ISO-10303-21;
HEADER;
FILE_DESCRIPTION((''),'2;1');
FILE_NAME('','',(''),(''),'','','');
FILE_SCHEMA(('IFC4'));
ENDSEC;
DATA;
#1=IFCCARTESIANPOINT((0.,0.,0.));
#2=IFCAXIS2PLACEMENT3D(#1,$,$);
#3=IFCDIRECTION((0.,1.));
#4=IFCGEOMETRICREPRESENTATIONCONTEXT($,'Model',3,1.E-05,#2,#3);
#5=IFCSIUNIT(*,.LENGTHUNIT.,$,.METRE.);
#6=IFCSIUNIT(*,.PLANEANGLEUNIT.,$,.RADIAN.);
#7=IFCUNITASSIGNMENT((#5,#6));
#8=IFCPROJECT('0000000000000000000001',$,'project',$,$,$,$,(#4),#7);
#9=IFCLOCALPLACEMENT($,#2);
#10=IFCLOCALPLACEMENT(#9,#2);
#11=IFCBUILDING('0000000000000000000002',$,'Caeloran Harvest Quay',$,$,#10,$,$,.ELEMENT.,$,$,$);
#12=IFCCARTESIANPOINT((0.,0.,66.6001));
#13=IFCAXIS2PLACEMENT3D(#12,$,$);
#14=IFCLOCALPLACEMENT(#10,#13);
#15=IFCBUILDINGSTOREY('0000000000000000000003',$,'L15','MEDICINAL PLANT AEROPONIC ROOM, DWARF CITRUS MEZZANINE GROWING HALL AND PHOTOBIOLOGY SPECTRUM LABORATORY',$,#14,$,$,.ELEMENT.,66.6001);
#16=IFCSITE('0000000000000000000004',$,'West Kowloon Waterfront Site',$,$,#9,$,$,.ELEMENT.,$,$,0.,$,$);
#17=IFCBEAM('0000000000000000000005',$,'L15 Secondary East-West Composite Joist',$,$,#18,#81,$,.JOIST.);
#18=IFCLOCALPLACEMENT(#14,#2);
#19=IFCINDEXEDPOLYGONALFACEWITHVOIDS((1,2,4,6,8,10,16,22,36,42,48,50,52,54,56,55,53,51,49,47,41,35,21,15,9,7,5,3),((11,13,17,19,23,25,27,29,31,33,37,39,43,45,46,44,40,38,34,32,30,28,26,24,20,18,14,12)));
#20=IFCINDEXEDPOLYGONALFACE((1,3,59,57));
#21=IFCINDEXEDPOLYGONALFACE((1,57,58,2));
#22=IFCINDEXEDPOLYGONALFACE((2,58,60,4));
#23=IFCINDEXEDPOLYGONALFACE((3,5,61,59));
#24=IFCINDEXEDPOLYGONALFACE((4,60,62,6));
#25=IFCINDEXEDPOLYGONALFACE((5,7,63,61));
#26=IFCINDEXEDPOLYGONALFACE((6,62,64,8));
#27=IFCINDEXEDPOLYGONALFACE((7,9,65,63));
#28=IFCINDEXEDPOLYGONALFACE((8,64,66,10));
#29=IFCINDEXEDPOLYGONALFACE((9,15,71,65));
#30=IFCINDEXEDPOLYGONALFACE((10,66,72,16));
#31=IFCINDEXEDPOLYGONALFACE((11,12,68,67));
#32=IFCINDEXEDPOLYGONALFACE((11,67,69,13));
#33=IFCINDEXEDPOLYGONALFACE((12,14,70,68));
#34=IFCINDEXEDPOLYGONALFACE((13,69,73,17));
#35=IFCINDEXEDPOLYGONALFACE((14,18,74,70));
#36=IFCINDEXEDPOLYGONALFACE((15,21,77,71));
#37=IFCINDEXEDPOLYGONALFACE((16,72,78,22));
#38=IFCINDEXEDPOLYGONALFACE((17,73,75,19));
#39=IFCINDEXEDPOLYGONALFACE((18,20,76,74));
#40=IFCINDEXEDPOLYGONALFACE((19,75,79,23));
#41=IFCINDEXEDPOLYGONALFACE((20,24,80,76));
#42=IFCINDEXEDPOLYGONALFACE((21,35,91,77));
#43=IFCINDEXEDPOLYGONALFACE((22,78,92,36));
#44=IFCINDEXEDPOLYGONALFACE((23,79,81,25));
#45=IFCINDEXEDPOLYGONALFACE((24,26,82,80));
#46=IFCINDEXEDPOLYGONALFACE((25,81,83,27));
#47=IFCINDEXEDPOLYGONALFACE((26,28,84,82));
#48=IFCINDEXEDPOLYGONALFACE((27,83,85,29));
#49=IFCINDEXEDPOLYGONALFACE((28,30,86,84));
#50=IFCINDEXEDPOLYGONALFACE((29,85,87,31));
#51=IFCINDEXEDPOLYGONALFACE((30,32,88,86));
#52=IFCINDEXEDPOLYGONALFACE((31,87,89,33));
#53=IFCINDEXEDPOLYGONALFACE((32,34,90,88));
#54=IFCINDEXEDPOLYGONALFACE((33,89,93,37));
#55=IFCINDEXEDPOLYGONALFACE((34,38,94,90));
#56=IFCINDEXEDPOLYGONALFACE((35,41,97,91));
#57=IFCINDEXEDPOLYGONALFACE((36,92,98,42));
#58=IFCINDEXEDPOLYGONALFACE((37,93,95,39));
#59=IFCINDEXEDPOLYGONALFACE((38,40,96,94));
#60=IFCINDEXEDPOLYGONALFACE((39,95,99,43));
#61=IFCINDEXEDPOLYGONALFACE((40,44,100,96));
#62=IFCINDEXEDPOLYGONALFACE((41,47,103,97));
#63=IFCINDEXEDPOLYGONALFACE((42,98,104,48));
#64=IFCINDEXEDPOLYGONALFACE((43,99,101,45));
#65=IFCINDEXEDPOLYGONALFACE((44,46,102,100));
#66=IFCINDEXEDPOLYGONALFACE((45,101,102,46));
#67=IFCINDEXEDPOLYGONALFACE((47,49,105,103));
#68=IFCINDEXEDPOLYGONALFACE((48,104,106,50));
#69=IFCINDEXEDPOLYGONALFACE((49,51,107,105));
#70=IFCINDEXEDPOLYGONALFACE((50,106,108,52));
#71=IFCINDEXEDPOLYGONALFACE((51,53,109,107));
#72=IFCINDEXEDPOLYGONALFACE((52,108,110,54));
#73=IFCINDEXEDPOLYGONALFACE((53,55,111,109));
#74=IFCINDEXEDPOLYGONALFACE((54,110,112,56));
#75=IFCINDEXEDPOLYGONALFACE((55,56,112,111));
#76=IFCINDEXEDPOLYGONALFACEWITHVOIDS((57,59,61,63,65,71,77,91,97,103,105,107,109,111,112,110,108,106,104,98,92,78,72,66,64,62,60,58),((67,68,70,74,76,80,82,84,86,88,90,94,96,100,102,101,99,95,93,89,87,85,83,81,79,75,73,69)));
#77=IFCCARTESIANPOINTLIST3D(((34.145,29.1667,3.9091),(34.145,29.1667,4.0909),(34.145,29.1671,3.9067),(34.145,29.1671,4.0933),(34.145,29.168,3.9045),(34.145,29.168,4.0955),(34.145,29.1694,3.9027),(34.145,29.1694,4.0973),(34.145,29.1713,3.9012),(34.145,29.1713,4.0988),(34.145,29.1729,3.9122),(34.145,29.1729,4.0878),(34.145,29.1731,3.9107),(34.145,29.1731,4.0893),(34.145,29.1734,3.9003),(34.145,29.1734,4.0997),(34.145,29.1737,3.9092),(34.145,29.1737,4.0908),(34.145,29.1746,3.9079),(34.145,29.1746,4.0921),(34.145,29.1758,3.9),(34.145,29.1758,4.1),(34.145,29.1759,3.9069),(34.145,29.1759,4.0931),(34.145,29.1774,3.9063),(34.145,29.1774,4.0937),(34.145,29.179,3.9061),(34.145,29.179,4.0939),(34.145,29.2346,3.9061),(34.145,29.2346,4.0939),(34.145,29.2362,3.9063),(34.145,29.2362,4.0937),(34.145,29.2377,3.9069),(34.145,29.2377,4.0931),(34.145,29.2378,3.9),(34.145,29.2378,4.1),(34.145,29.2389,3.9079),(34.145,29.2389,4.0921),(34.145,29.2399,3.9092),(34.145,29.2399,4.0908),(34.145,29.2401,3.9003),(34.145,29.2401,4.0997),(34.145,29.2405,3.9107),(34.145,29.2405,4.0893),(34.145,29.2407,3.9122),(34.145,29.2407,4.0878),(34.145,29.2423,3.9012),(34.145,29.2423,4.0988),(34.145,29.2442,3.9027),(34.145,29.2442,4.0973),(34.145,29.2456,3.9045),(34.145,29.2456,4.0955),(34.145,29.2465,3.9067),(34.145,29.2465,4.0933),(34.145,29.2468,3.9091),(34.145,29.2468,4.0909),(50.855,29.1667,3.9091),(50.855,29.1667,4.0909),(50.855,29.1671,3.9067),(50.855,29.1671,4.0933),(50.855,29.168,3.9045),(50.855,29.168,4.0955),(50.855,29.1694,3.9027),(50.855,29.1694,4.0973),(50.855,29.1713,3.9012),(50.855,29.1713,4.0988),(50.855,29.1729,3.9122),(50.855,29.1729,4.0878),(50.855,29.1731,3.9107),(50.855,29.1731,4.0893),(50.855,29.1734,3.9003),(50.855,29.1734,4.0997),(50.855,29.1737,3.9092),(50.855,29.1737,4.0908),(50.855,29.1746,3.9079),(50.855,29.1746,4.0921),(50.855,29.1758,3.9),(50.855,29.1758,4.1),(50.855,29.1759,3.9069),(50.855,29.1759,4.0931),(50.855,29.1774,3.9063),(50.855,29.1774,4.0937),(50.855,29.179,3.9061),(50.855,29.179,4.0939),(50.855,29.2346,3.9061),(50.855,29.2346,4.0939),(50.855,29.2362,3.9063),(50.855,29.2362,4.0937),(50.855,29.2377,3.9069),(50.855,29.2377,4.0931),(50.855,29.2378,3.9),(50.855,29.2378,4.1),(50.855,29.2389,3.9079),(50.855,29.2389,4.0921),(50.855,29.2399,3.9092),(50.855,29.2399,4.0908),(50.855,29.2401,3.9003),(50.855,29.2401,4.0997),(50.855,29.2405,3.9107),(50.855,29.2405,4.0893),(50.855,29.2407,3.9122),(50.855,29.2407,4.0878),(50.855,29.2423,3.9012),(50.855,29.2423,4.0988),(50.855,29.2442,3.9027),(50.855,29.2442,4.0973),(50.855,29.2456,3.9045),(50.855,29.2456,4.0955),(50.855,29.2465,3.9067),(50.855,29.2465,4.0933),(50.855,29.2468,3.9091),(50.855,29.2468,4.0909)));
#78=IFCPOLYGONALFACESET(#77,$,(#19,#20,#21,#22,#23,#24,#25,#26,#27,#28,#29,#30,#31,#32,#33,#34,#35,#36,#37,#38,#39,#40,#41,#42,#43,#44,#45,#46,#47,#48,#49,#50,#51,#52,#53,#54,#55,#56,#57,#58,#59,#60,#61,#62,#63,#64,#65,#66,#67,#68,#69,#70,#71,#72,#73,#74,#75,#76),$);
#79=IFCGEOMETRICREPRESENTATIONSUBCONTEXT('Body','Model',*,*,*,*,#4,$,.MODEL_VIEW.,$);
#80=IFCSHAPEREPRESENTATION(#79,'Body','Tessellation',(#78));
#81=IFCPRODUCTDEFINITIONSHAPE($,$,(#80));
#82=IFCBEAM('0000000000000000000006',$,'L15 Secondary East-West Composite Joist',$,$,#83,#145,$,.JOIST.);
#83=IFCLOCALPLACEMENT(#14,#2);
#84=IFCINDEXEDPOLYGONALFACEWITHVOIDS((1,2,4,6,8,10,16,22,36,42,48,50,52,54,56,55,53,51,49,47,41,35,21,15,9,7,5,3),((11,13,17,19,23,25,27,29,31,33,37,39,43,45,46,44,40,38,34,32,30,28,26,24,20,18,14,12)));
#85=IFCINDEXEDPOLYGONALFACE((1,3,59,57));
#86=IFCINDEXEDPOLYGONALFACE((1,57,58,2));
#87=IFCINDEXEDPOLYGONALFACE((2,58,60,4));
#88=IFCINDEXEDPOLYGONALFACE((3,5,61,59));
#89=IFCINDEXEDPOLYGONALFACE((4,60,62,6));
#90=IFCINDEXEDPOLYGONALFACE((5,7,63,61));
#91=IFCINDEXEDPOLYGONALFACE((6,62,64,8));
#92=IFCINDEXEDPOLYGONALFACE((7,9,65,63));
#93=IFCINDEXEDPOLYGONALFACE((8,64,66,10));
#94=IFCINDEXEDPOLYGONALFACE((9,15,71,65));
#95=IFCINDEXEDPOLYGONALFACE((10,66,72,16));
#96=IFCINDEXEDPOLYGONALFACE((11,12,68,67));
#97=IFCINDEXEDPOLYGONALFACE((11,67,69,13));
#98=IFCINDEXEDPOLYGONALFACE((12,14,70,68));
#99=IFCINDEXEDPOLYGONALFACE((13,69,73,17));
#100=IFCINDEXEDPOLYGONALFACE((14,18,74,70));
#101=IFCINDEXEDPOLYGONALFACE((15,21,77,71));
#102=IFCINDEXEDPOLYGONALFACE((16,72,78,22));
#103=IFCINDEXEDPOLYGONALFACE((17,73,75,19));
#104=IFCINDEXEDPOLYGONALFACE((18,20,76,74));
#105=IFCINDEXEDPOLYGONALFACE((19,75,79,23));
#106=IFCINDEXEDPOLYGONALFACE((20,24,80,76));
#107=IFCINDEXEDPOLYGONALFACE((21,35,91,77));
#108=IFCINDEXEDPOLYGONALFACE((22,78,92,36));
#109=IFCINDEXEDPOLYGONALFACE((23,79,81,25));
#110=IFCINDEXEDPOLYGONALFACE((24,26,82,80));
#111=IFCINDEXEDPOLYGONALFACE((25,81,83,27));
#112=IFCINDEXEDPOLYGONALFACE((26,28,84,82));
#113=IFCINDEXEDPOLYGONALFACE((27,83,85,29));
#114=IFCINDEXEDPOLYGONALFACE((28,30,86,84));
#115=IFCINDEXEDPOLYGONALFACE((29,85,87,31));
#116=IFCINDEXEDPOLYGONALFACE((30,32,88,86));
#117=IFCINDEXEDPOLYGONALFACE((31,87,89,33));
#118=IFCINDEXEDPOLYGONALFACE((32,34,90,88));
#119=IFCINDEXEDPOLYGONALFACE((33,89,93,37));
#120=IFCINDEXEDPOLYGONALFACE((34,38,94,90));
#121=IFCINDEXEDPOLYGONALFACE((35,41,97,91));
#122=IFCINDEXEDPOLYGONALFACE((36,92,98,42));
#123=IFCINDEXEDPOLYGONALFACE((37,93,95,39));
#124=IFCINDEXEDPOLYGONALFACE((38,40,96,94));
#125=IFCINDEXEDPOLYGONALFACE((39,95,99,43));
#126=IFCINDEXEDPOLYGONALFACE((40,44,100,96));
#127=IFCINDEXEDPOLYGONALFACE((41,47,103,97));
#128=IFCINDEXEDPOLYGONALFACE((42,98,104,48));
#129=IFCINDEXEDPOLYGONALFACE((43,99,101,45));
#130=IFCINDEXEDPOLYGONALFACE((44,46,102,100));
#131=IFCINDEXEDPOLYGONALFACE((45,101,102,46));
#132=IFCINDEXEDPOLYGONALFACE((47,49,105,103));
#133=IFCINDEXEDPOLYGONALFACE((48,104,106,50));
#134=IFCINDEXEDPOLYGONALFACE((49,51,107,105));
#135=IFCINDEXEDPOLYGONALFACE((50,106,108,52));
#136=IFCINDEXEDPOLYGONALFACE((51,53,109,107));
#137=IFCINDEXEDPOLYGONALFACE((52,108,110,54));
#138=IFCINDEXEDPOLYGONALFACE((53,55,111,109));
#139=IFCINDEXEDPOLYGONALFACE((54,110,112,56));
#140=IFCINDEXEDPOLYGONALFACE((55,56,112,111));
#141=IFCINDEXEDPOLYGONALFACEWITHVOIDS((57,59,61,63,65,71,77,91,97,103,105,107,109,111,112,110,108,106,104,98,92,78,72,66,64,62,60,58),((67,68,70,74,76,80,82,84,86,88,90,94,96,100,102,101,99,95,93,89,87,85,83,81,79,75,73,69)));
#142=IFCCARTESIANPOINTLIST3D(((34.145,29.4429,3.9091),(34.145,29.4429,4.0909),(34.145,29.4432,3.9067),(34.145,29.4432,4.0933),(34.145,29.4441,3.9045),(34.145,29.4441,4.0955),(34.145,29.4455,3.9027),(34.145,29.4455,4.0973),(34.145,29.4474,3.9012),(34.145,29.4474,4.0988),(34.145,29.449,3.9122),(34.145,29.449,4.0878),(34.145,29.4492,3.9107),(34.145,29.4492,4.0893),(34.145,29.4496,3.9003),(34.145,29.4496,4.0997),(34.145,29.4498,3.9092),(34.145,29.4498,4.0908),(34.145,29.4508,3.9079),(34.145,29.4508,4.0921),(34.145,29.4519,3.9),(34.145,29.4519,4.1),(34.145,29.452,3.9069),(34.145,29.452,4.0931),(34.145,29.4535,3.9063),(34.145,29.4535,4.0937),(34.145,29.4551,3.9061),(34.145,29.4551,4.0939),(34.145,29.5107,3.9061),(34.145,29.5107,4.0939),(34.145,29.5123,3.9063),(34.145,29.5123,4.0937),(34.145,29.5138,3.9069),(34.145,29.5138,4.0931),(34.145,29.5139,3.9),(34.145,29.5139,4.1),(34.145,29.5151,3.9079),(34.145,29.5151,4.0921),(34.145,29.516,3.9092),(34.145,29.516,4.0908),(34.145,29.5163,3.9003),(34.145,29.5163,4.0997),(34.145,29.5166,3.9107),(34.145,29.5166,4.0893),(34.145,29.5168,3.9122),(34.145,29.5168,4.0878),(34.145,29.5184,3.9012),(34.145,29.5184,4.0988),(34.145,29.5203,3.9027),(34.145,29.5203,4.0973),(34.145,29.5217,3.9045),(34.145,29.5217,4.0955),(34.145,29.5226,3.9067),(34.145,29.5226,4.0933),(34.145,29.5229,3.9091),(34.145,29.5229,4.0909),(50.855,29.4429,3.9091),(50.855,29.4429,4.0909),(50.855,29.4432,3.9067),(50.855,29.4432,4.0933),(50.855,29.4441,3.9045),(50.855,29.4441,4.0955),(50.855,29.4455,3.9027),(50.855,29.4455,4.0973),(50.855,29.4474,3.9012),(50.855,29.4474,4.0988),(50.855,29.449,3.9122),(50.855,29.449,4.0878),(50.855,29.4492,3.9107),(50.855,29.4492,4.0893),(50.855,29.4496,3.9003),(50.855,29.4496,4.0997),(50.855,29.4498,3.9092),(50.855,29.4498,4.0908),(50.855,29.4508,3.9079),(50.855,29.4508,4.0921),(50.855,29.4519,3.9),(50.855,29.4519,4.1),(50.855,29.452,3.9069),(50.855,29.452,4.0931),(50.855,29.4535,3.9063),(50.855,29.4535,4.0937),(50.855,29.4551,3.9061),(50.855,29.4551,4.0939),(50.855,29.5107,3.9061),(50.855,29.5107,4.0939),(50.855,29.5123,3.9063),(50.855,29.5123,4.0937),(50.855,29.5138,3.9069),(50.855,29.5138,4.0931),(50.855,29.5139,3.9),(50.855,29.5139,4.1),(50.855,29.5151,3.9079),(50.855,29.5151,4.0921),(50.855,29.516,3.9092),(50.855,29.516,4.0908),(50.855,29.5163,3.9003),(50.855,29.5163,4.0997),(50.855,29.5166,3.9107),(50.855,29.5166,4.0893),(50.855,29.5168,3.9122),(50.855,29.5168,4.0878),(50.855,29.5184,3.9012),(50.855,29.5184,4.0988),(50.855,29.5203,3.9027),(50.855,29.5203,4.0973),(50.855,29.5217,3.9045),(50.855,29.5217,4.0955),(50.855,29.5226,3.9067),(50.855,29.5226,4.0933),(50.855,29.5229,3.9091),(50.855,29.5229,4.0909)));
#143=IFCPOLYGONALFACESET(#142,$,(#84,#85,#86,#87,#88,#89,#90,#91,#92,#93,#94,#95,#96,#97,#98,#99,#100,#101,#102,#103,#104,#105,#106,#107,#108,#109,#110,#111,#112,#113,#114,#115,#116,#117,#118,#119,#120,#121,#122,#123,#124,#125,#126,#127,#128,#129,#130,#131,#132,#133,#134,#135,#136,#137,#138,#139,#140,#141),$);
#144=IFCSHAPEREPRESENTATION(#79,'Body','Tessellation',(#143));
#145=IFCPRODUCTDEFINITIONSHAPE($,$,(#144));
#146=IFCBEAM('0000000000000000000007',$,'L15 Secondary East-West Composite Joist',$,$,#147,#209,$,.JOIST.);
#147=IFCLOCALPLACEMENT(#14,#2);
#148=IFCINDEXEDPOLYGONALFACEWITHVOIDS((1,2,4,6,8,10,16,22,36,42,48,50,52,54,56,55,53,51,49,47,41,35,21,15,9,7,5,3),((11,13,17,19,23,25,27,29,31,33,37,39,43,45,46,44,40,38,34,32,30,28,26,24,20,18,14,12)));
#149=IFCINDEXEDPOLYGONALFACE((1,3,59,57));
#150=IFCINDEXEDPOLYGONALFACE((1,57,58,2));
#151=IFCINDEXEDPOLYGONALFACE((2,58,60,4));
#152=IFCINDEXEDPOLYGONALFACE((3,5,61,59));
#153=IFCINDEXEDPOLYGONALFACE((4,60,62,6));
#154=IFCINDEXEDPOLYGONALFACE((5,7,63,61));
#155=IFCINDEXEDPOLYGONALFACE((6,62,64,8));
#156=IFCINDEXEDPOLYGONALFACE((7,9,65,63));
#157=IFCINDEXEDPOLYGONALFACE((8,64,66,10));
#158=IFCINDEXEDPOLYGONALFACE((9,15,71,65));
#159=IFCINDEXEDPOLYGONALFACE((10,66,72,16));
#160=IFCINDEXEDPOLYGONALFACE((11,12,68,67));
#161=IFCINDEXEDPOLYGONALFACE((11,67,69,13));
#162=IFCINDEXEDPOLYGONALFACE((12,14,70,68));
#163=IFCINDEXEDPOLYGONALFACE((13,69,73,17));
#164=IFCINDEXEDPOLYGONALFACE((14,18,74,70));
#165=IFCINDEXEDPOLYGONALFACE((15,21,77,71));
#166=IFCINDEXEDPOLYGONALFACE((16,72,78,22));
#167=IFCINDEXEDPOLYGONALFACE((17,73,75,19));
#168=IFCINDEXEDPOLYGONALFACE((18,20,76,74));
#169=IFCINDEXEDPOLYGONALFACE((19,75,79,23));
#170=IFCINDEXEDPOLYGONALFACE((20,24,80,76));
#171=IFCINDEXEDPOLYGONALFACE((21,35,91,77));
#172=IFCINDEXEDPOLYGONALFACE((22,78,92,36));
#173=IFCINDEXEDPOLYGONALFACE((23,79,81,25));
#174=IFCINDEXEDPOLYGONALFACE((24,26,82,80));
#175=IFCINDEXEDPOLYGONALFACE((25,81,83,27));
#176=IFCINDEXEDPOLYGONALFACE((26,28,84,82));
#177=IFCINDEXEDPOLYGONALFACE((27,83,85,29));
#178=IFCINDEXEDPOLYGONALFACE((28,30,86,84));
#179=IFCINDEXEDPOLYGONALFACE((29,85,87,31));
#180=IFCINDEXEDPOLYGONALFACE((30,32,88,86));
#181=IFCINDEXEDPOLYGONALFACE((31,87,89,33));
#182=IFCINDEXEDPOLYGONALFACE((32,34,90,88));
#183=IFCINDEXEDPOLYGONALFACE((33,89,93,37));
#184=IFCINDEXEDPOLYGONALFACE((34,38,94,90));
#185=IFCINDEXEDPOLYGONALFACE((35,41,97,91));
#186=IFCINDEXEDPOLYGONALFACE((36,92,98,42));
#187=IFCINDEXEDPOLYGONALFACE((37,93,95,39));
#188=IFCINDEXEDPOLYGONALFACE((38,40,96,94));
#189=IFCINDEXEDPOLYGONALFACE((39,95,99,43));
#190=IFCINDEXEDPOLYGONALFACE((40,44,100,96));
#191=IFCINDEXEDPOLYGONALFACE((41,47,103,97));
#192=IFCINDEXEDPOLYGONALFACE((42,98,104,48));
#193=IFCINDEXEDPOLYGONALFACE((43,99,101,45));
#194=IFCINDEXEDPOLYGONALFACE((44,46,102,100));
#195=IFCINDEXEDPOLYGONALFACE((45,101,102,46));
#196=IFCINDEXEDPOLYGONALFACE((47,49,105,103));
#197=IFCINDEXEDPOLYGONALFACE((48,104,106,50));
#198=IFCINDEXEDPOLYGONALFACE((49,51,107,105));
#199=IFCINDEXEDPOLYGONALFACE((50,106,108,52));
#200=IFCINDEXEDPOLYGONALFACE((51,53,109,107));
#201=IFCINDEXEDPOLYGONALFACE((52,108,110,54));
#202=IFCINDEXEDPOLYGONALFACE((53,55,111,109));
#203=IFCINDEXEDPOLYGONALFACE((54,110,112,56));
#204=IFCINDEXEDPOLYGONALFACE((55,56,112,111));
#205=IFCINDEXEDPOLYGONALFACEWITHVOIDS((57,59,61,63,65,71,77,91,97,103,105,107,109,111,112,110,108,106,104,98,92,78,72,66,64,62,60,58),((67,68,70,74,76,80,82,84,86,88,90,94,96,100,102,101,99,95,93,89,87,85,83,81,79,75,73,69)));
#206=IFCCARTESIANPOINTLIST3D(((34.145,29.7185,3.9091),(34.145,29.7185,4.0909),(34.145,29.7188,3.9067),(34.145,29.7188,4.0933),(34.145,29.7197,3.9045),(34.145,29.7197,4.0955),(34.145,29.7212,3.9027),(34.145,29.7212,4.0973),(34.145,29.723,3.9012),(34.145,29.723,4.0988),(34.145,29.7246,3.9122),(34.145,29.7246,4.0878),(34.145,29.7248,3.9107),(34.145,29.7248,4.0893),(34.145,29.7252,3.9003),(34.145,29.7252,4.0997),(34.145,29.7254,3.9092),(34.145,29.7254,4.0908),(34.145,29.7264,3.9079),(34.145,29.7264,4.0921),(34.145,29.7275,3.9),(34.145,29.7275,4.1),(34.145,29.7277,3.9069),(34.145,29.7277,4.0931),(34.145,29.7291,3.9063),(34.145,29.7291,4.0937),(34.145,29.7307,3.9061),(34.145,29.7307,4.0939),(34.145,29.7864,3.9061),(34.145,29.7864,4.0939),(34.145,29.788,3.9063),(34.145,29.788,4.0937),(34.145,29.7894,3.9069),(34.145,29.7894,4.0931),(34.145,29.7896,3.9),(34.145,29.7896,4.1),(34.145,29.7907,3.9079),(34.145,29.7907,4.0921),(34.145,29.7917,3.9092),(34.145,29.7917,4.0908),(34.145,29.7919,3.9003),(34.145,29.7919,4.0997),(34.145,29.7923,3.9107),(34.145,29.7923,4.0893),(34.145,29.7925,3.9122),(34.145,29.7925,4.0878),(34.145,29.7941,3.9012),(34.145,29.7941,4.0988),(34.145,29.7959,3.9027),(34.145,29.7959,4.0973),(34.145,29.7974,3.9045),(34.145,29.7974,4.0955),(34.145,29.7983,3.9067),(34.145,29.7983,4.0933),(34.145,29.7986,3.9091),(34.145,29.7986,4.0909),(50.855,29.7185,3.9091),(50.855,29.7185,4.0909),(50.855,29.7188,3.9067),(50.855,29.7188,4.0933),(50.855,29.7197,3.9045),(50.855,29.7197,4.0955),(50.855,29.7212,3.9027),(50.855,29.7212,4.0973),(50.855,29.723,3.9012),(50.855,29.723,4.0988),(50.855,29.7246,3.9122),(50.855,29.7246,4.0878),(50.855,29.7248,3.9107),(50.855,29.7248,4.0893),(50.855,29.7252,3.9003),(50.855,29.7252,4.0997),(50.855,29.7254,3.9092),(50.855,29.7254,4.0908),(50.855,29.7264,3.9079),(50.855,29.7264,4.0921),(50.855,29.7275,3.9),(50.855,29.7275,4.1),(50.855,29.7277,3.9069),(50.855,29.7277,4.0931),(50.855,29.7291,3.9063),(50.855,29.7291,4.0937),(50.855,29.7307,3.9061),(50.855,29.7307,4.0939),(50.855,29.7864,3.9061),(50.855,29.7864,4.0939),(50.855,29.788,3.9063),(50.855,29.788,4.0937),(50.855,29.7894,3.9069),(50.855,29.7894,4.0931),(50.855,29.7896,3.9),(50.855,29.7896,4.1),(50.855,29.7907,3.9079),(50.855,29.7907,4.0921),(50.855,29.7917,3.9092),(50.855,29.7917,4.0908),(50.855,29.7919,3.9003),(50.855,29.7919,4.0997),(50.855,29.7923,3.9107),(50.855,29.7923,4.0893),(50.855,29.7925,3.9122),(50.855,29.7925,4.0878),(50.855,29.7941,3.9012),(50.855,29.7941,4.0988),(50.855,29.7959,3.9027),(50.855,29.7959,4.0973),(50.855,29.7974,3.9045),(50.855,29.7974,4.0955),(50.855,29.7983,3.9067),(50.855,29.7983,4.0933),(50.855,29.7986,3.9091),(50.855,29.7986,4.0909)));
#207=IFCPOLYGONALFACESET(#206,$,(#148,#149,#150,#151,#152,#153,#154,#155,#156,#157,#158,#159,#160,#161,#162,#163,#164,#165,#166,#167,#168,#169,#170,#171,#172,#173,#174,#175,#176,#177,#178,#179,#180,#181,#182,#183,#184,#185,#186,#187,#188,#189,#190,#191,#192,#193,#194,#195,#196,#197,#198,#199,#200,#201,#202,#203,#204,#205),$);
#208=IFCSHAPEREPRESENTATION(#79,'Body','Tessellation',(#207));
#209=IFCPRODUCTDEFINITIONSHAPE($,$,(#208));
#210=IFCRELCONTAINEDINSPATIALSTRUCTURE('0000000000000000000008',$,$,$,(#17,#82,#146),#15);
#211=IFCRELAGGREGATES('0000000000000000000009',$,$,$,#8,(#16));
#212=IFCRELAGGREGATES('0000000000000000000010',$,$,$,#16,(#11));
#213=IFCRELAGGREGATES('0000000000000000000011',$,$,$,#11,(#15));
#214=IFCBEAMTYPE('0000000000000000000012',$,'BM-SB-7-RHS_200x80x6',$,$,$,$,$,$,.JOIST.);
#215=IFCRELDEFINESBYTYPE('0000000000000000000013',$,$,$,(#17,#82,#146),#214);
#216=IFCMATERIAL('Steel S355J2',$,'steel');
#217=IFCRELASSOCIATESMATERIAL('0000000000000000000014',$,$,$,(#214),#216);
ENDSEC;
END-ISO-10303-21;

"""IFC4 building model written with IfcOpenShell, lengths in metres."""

from ifc_helpers import new_model, si_unit, direction, frame, origin, origin_2d, place, context, subcontext, project, spatial, hollow_rectangle, extrude, material, material_profile, profile_set, type_object, element, save


model = new_model("IFC4")

# Units and contexts
model_context = context("Model", 3, precision=1e-05, world=origin(), true_north=direction((0.0, 1.0)))
body_context = subcontext(model_context, "Body", "Model", "MODEL_VIEW")
ifc_project = project(units=[si_unit("LENGTHUNIT", "METRE"), si_unit("PLANEANGLEUNIT", "RADIAN")], contexts=[model_context])

# Site, building, storey
site_placement = place(None, origin())
site = spatial("IfcSite", under=ifc_project, at=site_placement, Name="West Kowloon Waterfront Site", CompositionType="ELEMENT", RefElevation=0.0)
building_placement = place(site_placement, origin())
building = spatial("IfcBuilding", under=site, at=building_placement, Name="Caeloran Harvest Quay", CompositionType="ELEMENT")
storey_placement = place(building_placement, frame((0.0, 0.0, 66.6001)))
storey = spatial("IfcBuildingStorey", under=building, at=storey_placement, Name="L15", Description="MEDICINAL PLANT AEROPONIC ROOM, DWARF CITRUS MEZZANINE GROWING HALL AND PHOTOBIOLOGY SPECTRUM LABORATORY", CompositionType="ELEMENT", Elevation=66.6001)

# Beams
ifc_material_1 = material(Name="Steel S355J2", Category="steel")
ifc_material_profile_1 = material_profile(ifc_material_1, hollow_rectangle(XDim=0.0801, YDim=0.2, WallThickness=0.0061, InnerFilletRadius=0.0061, OuterFilletRadius=0.009, at=origin_2d()), Name="RHS 200x80x6")
ifc_profile_set_1 = profile_set([ifc_material_profile_1], Name="Steel S355J2")
beam_type_1 = type_object("IfcBeamType", Name="BM-SB-7-RHS_200x80x6", PredefinedType="JOIST", material=ifc_profile_set_1)
for number, where, z_axis, x_axis, name in (
    (1, (34.145, 29.2068, 4.0), (1.0, 0.0, 0.0), (0.0, 1.0, 0.0), "L15 Secondary East-West Composite Joist"),
    (2, (34.145, 29.4829, 4.0), (1.0, 0.0, 0.0), (0.0, 1.0, 0.0), "L15 Secondary East-West Composite Joist"),
    (3, (34.145, 29.7585, 4.0), (1.0, 0.0, 0.0), (0.0, 1.0, 0.0), "L15 Secondary East-West Composite Joist"),
):
    element("IfcBeam", number, at=place(storey_placement, frame(where, z_axis=z_axis, x_axis=x_axis)), inside=storey, type_object=beam_type_1, Name=name, PredefinedType="JOIST", context=body_context, shape_type="SweptSolid", body=[
        extrude(hollow_rectangle(XDim=0.0801, YDim=0.2, WallThickness=0.0061, InnerFilletRadius=0.0061, OuterFilletRadius=0.009, at=origin_2d()), origin(), (0.0, 0.0, 1.0), 16.71),
    ])

save(model, "model.ifc")
